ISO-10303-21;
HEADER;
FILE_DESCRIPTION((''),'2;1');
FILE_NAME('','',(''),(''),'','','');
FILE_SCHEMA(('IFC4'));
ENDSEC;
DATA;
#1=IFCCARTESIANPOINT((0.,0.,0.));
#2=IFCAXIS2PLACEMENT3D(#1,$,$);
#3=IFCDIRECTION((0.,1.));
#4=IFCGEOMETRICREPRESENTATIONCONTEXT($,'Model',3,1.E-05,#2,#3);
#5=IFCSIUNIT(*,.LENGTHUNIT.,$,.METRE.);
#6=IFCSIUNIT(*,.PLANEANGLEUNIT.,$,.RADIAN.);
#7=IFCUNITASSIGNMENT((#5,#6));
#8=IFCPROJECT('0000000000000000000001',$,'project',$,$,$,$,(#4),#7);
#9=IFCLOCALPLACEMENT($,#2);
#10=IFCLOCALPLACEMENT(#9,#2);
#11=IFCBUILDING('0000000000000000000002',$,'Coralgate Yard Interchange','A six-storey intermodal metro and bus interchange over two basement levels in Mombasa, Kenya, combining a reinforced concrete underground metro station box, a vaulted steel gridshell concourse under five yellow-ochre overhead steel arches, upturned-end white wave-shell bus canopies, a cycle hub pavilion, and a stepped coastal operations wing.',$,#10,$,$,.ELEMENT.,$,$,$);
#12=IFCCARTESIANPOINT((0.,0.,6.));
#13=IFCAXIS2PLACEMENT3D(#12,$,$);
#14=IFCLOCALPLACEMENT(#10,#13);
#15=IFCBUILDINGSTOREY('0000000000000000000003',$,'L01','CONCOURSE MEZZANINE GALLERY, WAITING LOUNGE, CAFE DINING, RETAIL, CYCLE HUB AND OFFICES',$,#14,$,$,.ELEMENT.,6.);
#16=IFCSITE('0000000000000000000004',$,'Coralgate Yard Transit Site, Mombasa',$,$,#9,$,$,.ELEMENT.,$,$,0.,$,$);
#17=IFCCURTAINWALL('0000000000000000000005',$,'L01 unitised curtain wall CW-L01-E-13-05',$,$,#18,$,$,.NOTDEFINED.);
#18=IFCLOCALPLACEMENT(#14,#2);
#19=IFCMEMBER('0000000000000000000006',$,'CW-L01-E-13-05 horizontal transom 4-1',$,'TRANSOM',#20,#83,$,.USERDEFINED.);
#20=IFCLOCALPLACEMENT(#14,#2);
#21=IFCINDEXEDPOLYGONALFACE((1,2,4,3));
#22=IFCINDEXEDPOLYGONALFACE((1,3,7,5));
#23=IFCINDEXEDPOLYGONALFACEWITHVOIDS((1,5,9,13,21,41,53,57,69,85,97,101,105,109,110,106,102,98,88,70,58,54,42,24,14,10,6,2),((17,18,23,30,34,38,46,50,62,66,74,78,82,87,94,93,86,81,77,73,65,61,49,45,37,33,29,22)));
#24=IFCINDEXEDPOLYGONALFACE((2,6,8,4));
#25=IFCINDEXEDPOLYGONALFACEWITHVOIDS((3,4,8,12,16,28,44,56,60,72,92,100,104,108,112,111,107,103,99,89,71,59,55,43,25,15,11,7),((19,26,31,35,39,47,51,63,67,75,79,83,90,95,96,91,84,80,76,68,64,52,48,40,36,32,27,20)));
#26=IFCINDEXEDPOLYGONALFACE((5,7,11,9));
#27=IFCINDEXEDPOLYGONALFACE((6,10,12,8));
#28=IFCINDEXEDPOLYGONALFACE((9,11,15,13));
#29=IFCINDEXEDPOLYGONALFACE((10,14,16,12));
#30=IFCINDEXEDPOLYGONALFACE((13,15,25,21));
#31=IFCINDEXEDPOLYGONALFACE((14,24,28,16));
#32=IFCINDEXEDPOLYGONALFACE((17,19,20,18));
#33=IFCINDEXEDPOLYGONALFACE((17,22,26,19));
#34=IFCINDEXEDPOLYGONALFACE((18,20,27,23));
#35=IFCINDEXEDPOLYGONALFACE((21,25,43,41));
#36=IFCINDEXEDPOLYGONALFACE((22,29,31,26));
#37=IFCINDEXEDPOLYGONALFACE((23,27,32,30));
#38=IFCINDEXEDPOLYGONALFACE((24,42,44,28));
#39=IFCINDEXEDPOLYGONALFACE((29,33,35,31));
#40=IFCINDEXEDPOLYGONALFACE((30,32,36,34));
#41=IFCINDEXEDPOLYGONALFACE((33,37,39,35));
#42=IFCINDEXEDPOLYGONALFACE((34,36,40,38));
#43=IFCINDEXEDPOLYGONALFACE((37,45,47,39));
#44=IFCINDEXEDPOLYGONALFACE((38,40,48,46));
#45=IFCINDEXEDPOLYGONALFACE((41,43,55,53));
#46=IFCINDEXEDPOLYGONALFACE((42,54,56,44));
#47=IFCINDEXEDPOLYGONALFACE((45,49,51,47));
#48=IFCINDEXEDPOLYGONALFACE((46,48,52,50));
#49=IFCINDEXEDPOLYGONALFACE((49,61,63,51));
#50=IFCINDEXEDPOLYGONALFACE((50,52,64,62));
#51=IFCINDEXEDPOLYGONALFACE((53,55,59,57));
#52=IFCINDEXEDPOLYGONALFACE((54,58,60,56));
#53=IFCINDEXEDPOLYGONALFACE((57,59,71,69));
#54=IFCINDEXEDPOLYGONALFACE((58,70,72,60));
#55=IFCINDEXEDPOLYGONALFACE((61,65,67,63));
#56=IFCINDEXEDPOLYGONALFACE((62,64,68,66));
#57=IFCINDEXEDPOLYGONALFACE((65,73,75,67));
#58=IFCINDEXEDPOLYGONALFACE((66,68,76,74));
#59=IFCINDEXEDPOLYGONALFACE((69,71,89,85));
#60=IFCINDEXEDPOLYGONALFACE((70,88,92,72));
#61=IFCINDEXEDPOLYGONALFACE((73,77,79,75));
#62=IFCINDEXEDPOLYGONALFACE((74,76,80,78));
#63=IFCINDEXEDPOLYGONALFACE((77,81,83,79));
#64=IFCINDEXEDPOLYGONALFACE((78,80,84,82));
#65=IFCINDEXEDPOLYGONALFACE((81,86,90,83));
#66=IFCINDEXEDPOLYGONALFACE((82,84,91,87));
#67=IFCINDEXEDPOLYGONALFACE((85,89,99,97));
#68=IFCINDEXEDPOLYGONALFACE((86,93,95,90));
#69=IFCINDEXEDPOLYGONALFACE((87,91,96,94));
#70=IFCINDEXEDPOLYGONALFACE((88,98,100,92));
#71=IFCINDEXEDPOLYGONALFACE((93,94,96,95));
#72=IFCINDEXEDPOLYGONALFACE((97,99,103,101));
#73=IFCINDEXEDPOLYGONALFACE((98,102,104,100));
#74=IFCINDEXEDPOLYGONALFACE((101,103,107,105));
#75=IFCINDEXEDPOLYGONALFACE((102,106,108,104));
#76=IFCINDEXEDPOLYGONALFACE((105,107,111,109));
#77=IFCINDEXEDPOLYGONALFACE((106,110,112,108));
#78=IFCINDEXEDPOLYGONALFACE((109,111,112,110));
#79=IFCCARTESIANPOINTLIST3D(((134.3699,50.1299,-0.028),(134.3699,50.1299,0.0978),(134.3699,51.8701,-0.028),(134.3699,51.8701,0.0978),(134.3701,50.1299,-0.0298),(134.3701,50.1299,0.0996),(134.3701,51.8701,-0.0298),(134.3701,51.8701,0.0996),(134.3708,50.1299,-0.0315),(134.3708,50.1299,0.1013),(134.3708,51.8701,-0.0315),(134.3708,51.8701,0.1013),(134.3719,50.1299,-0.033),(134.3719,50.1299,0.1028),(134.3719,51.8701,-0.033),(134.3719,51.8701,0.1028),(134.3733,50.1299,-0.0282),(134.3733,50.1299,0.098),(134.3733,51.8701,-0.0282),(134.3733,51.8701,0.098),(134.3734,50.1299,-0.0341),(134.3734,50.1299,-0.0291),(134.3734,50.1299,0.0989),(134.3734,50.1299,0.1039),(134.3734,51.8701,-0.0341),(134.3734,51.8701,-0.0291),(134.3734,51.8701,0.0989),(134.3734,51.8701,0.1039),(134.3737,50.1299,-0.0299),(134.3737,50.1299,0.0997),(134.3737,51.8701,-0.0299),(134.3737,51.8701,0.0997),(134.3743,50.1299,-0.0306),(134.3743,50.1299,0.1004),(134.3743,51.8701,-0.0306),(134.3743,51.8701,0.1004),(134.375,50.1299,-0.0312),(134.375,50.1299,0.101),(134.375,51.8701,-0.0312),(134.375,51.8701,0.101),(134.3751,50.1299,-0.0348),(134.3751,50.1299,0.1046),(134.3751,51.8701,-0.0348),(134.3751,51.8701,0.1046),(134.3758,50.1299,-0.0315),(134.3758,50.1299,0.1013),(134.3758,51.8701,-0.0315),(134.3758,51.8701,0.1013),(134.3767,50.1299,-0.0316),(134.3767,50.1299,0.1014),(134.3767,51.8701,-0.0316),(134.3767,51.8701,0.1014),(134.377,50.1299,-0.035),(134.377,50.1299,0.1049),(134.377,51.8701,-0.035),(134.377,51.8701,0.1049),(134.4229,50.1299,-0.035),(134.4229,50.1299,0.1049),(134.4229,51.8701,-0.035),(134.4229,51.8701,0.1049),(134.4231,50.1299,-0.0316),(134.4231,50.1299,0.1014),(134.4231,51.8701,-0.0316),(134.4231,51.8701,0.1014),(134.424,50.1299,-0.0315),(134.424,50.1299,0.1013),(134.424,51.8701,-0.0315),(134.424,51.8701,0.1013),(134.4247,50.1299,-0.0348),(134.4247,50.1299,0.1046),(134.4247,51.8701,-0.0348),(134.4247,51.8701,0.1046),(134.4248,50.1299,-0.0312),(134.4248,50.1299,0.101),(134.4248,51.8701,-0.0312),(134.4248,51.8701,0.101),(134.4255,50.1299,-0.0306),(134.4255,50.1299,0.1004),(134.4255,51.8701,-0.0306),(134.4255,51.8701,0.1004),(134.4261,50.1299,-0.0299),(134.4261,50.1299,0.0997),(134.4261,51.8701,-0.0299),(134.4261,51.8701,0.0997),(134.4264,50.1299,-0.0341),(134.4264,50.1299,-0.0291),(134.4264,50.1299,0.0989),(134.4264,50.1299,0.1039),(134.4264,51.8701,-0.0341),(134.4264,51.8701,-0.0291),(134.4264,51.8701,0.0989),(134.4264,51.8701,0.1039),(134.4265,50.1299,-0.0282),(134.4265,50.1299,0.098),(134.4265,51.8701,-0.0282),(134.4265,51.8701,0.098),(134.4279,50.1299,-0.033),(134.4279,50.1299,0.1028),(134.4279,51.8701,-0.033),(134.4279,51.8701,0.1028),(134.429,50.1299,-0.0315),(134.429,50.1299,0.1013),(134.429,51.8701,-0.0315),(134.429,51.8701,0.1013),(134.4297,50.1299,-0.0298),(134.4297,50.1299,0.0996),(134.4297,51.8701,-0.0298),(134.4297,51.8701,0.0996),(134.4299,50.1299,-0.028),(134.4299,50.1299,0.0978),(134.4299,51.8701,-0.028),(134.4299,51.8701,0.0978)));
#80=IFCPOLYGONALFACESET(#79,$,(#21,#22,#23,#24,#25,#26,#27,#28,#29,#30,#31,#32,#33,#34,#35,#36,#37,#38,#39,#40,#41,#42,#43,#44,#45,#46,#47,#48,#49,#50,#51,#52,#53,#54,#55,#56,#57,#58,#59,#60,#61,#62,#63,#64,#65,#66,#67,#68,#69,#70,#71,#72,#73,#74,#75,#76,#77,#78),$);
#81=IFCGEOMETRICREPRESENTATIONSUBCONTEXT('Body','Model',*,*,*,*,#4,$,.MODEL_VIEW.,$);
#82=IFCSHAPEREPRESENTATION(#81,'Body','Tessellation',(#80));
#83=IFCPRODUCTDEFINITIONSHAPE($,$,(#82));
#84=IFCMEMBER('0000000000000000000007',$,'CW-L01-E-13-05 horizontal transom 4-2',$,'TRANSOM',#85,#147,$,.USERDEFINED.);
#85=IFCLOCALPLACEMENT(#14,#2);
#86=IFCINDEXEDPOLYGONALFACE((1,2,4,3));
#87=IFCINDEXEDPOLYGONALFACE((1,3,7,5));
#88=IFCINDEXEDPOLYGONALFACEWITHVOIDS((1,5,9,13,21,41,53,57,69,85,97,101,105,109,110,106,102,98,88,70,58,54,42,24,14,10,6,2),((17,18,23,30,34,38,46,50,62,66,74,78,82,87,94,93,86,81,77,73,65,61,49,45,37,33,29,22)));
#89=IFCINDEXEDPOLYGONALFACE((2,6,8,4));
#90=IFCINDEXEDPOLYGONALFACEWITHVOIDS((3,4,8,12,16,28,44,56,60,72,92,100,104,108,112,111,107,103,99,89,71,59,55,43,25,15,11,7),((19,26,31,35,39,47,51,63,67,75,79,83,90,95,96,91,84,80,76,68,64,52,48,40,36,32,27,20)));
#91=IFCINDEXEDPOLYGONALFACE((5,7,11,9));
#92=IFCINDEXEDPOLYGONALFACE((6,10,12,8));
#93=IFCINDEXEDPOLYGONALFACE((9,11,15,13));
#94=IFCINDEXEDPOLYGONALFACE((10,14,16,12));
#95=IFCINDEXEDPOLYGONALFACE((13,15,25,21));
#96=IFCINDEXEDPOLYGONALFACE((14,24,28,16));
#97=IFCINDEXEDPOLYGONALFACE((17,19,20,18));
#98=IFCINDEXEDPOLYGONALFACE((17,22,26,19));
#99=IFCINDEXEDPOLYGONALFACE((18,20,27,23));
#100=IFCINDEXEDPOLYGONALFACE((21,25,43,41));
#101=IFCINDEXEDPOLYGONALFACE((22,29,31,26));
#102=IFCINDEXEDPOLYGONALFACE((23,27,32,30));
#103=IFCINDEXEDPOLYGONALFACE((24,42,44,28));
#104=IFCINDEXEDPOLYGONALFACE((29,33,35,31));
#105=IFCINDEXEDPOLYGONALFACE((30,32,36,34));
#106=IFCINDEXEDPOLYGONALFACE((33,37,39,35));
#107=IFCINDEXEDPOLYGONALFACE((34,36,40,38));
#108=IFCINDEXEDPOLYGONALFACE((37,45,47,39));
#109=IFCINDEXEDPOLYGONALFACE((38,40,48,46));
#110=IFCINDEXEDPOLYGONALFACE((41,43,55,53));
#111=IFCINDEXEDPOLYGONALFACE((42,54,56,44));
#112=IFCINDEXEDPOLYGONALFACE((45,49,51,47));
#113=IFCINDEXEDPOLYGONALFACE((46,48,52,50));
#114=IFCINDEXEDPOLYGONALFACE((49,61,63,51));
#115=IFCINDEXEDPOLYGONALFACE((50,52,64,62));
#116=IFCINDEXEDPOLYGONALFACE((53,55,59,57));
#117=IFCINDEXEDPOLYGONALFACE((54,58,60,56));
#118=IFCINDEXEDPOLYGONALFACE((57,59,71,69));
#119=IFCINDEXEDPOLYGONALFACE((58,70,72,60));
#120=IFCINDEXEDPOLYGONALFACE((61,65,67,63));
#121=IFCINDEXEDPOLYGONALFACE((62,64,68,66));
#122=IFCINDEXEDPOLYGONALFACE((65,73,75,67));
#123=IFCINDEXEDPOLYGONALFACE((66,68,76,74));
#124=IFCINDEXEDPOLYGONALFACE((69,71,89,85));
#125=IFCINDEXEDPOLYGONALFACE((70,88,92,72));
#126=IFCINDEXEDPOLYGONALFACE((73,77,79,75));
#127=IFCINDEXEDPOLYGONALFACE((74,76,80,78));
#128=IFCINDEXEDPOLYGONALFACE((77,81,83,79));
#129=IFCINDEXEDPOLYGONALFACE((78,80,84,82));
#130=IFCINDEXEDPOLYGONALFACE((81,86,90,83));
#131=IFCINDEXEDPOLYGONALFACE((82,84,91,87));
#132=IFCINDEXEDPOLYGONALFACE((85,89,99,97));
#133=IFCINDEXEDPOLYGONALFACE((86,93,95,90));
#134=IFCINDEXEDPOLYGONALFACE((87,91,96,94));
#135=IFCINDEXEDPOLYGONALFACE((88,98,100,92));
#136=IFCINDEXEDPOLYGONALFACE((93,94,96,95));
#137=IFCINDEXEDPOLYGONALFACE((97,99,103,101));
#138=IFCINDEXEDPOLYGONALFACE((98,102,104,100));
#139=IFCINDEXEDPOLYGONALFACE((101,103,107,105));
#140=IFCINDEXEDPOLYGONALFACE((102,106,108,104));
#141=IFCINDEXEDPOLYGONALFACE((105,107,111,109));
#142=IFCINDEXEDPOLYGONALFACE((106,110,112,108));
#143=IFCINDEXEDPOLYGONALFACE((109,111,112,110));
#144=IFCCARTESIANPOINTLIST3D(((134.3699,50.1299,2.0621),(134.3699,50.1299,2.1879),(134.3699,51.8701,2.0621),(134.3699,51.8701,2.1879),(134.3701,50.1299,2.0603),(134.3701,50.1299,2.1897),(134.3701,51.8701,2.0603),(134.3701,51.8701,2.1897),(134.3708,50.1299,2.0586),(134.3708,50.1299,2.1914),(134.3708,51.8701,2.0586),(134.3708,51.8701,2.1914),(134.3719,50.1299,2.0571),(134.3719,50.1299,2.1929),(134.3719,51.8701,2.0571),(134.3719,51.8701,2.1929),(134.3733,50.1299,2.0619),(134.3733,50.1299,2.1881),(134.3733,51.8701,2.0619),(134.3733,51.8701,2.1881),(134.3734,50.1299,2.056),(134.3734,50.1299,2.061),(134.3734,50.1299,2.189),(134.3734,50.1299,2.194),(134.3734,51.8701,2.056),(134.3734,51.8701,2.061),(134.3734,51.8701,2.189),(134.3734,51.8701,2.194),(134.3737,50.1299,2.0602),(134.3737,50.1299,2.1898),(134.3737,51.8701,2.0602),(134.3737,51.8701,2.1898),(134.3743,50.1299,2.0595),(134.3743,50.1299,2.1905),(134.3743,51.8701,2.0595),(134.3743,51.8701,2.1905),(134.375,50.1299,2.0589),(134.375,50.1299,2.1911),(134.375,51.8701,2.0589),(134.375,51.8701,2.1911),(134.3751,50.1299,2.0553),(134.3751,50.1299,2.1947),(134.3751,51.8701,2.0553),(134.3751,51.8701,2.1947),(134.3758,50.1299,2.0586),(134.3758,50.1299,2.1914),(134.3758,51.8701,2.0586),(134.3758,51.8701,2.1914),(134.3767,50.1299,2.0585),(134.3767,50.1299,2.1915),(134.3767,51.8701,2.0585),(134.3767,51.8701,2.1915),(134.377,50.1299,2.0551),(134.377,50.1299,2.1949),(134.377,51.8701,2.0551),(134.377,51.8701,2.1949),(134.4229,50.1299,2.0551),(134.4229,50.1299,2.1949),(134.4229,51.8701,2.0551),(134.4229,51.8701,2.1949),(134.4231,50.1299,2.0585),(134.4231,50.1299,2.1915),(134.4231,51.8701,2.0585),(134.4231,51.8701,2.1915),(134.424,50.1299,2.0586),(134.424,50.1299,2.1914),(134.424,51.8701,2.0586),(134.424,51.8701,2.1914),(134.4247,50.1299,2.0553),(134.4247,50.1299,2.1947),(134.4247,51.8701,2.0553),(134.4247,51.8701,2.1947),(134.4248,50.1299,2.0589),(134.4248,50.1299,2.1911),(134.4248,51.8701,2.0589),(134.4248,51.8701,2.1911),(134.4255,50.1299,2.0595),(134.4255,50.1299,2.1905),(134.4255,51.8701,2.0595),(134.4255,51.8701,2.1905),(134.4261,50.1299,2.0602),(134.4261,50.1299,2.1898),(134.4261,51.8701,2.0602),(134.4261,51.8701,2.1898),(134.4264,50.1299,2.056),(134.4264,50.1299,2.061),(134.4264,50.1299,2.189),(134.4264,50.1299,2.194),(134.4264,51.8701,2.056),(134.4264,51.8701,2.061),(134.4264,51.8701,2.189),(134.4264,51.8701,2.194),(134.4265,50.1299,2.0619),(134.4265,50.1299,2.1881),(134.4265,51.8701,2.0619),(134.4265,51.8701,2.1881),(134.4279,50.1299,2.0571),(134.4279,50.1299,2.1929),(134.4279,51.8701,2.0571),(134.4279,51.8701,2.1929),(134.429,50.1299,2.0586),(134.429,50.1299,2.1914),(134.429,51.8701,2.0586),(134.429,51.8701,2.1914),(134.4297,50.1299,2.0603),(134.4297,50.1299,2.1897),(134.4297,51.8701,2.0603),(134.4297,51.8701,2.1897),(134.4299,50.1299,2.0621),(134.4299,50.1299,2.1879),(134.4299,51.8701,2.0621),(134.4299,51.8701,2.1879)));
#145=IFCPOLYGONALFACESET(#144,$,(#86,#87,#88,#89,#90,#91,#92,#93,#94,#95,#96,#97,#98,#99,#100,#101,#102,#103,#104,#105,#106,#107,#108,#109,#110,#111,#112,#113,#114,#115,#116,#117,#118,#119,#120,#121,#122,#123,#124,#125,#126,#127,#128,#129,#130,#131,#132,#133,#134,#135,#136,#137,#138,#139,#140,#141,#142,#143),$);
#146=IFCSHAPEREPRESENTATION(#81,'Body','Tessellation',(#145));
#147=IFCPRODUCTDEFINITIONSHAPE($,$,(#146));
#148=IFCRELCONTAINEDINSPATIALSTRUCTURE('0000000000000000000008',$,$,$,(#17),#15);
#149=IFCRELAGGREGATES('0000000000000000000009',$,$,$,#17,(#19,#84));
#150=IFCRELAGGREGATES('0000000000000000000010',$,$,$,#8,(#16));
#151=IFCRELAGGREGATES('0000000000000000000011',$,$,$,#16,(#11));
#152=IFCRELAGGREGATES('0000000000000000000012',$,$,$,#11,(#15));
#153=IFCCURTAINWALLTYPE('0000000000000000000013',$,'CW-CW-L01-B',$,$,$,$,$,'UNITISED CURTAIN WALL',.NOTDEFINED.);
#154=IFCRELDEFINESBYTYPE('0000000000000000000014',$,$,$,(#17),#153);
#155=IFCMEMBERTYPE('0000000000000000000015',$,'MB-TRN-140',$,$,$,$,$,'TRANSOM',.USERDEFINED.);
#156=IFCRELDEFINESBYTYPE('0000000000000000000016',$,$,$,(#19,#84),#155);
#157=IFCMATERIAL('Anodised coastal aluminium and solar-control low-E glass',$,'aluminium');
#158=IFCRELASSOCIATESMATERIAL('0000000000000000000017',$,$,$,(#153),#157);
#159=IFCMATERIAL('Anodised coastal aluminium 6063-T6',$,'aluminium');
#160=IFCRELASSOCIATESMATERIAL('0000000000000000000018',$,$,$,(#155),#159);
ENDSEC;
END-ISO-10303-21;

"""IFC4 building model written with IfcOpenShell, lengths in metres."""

from ifc_helpers import new_model, si_unit, direction, frame, origin, origin_2d, place, context, subcontext, project, spatial, hollow_rectangle, extrude, material, material_profile, profile_set, type_object, element, aggregate, save


model = new_model("IFC4")

# Units and contexts
model_context = context("Model", 3, precision=1e-05, world=origin(), true_north=direction((0.0, 1.0)))
body_context = subcontext(model_context, "Body", "Model", "MODEL_VIEW")
ifc_project = project(units=[si_unit("LENGTHUNIT", "METRE"), si_unit("PLANEANGLEUNIT", "RADIAN")], contexts=[model_context])

# Site, building, storey
site_placement = place(None, origin())
site = spatial("IfcSite", under=ifc_project, at=site_placement, Name="Coralgate Yard Transit Site, Mombasa", CompositionType="ELEMENT", RefElevation=0.0)
building_placement = place(site_placement, origin())
building = spatial("IfcBuilding", under=site, at=building_placement, Name="Coralgate Yard Interchange", Description="A six-storey intermodal metro and bus interchange over two basement levels in Mombasa, Kenya, combining a reinforced concrete underground metro station box, a vaulted steel gridshell concourse under five yellow-ochre overhead steel arches, upturned-end white wave-shell bus canopies, a cycle hub pavilion, and a stepped coastal operations wing.", CompositionType="ELEMENT")
storey_placement = place(building_placement, frame((0.0, 0.0, 6.0)))
storey = spatial("IfcBuildingStorey", under=building, at=storey_placement, Name="L01", Description="CONCOURSE MEZZANINE GALLERY, WAITING LOUNGE, CAFE DINING, RETAIL, CYCLE HUB AND OFFICES", CompositionType="ELEMENT", Elevation=6.0)

# Shared definitions
ifc_material_1 = material(Name="Anodised coastal aluminium and solar-control low-E glass", Category="aluminium")
ifc_material_2 = material(Name="Anodised coastal aluminium 6063-T6", Category="aluminium")

# Curtain wall
curtain_wall_type_1 = type_object("IfcCurtainWallType", Name="CW-CW-L01-B", ElementType="UNITISED CURTAIN WALL", PredefinedType="NOTDEFINED", material=ifc_material_1)
curtain_wall_1_placement = place(storey_placement, origin())
curtain_wall_1 = element("IfcCurtainWall", 1, at=curtain_wall_1_placement, inside=storey, type_object=curtain_wall_type_1, Name="L01 unitised curtain wall CW-L01-E-13-05", PredefinedType="NOTDEFINED")

# Members
ifc_material_profile_1 = material_profile(ifc_material_2, hollow_rectangle(XDim=0.0601, YDim=0.1399, WallThickness=0.0034, InnerFilletRadius=0.0034, OuterFilletRadius=0.0071, at=origin_2d()), Name="ALU 60x140x3.5")
ifc_profile_set_1 = profile_set([ifc_material_profile_1], Name="Anodised coastal aluminium 6063-T6")
member_type_1 = type_object("IfcMemberType", Name="MB-TRN-140", ElementType="TRANSOM", PredefinedType="USERDEFINED", material=ifc_profile_set_1)
member_1_placement = place(storey_placement, frame((134.3999, 51.8701, 0.0349), z_axis=(0.0, -1.0, 0.0), x_axis=(1.0, 0.0, 0.0)))
member_1 = element("IfcMember", 2, at=member_1_placement, type_object=member_type_1, Name="CW-L01-E-13-05 horizontal transom 4-1", ObjectType="TRANSOM", PredefinedType="USERDEFINED", context=body_context, shape_type="SweptSolid", body=[
    extrude(hollow_rectangle(XDim=0.0601, YDim=0.1399, WallThickness=0.0034, InnerFilletRadius=0.0034, OuterFilletRadius=0.0071, at=origin_2d()), origin(), (0.0, 0.0, 1.0), 1.7402),
])
member_2_placement = place(storey_placement, frame((134.3999, 51.8701, 2.125), z_axis=(0.0, -1.0, 0.0), x_axis=(1.0, 0.0, 0.0)))
member_2 = element("IfcMember", 3, at=member_2_placement, type_object=member_type_1, Name="CW-L01-E-13-05 horizontal transom 4-2", ObjectType="TRANSOM", PredefinedType="USERDEFINED", context=body_context, shape_type="SweptSolid", body=[
    extrude(hollow_rectangle(XDim=0.0601, YDim=0.1399, WallThickness=0.0034, InnerFilletRadius=0.0034, OuterFilletRadius=0.0071, at=origin_2d()), origin(), (0.0, 0.0, 1.0), 1.7402),
])

aggregate(curtain_wall_1, [member_1, member_2])

save(model, "model.ifc")
